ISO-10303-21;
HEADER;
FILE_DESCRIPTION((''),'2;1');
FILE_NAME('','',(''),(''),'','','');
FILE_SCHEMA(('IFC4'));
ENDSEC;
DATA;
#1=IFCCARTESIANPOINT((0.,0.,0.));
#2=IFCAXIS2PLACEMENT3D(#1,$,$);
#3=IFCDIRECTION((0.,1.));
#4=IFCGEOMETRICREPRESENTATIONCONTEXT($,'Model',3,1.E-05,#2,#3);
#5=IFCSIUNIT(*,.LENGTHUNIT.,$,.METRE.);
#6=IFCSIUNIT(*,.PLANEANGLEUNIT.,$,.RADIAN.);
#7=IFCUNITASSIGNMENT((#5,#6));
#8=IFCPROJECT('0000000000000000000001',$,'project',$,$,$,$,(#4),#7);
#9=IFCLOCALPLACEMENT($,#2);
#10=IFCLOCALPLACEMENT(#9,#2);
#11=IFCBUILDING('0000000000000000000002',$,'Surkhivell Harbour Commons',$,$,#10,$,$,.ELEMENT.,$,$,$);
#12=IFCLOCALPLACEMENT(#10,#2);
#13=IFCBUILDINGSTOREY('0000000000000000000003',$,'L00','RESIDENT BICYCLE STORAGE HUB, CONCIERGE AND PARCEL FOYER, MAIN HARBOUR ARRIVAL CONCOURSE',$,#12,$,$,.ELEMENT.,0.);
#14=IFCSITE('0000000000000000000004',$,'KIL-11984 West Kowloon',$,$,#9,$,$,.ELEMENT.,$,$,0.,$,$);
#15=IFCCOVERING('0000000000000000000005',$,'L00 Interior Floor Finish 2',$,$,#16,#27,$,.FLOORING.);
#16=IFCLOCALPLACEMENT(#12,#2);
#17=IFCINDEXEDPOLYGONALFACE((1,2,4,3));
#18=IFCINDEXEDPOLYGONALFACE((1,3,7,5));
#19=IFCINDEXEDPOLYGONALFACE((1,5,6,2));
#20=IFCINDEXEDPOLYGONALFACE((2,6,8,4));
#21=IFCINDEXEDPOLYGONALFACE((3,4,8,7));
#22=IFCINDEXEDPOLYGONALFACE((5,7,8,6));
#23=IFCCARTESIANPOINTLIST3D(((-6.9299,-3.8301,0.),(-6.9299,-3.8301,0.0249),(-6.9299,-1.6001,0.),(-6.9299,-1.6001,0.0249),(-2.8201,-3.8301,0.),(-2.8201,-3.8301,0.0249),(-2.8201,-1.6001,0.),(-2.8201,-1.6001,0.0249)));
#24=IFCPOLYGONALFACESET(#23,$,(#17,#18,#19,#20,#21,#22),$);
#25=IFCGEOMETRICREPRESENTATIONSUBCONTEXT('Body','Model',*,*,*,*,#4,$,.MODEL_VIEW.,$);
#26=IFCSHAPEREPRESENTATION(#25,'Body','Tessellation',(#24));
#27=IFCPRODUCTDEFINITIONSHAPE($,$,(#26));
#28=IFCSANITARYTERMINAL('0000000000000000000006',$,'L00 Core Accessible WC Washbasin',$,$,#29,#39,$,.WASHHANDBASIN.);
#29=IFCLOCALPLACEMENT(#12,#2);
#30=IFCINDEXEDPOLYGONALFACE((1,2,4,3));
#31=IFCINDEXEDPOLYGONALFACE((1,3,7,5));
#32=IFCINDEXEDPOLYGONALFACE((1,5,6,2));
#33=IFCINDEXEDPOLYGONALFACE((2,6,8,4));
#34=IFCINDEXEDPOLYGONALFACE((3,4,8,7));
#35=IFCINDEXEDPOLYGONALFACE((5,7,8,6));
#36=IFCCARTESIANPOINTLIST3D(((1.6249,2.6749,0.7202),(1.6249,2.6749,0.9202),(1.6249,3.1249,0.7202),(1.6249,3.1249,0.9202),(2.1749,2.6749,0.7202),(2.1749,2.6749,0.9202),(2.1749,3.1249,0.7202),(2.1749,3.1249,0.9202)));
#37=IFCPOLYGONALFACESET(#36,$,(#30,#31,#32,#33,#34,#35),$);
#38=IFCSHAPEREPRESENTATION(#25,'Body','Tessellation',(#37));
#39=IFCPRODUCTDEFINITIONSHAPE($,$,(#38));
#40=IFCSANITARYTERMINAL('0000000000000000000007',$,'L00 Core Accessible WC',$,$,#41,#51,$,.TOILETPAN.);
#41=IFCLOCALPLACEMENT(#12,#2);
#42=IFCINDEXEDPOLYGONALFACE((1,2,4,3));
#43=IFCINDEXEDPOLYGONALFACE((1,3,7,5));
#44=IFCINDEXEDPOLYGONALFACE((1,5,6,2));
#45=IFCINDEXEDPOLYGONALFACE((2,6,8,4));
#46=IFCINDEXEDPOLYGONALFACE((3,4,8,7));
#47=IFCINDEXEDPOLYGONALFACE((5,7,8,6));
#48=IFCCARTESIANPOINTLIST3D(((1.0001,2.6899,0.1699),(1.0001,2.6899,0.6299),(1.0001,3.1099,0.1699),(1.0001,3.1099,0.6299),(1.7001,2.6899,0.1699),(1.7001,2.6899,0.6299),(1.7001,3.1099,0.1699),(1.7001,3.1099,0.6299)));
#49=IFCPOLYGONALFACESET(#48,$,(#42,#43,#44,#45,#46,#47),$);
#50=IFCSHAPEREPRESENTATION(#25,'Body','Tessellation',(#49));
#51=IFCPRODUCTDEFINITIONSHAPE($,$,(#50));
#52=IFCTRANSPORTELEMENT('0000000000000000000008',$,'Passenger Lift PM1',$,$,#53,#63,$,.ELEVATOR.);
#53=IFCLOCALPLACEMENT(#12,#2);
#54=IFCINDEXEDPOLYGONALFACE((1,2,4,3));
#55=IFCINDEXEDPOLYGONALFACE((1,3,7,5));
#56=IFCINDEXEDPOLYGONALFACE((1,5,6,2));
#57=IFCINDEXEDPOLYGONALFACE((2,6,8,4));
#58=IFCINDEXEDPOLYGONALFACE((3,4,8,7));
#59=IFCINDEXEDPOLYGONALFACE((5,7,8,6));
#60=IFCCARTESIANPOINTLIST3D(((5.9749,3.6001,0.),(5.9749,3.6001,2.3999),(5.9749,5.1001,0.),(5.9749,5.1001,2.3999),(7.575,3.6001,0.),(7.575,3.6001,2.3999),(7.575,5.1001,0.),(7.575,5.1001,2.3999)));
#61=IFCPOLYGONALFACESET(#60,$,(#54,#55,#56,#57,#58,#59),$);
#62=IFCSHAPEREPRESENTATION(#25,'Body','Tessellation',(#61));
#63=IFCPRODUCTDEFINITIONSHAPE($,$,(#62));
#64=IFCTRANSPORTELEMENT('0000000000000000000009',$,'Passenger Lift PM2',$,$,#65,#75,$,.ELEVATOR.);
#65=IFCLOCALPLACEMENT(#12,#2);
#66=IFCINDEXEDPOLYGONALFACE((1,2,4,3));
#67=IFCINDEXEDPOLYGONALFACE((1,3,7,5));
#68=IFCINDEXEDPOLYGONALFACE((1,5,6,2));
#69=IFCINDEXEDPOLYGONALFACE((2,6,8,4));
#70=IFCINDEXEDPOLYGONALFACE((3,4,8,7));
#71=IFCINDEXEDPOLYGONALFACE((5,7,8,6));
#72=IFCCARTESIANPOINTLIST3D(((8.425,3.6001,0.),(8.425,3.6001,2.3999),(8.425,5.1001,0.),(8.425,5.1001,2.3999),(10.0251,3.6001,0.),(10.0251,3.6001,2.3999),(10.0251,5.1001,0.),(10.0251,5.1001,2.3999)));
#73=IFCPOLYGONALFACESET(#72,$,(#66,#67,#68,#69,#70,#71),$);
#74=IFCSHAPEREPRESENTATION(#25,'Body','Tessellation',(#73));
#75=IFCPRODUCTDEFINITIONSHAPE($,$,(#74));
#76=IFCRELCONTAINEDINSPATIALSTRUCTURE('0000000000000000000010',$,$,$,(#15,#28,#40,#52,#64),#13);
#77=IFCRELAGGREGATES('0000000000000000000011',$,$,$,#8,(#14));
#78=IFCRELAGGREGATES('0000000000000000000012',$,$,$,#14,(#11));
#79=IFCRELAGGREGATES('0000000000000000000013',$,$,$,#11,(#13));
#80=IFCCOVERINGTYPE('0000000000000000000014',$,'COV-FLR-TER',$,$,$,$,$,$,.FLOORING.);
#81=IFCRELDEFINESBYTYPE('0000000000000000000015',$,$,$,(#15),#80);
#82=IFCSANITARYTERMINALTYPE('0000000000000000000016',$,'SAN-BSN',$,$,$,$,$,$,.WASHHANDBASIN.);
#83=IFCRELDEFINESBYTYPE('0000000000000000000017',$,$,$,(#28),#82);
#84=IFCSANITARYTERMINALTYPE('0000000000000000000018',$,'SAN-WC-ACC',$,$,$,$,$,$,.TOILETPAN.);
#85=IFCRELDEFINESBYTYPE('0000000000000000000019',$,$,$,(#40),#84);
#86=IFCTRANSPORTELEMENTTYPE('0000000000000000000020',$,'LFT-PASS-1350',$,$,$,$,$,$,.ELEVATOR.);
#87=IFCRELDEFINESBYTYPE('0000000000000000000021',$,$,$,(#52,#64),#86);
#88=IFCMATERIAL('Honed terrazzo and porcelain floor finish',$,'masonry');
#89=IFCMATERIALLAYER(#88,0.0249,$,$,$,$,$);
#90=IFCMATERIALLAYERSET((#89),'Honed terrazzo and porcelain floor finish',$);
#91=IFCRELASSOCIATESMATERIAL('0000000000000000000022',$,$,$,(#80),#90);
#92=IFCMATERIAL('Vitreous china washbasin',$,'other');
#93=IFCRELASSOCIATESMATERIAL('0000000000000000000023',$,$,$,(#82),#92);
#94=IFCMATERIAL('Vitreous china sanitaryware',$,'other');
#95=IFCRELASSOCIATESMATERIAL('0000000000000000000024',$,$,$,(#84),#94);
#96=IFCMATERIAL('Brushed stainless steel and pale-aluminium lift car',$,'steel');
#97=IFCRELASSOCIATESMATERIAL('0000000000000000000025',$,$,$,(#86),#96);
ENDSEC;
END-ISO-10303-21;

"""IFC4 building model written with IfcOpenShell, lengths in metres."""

from ifc_helpers import new_model, si_unit, direction, frame, origin, origin_2d, place, context, subcontext, project, spatial, polyline, rectangle, outline, extrude, material, layer, layer_set, type_object, element, save


model = new_model("IFC4")

# Units and contexts
model_context = context("Model", 3, precision=1e-05, world=origin(), true_north=direction((0.0, 1.0)))
body_context = subcontext(model_context, "Body", "Model", "MODEL_VIEW")
ifc_project = project(units=[si_unit("LENGTHUNIT", "METRE"), si_unit("PLANEANGLEUNIT", "RADIAN")], contexts=[model_context])

# Site, building, storey
site_placement = place(None, origin())
site = spatial("IfcSite", under=ifc_project, at=site_placement, Name="KIL-11984 West Kowloon", CompositionType="ELEMENT", RefElevation=0.0)
building_placement = place(site_placement, origin())
building = spatial("IfcBuilding", under=site, at=building_placement, Name="Surkhivell Harbour Commons", CompositionType="ELEMENT")
storey_placement = place(building_placement, origin())
storey = spatial("IfcBuildingStorey", under=building, at=storey_placement, Name="L00", Description="RESIDENT BICYCLE STORAGE HUB, CONCIERGE AND PARCEL FOYER, MAIN HARBOUR ARRIVAL CONCOURSE", CompositionType="ELEMENT", Elevation=0.0)

# Covering
ifc_material_1 = material(Name="Honed terrazzo and porcelain floor finish", Category="masonry")
ifc_layer_1 = layer(ifc_material_1, 0.0249)
ifc_layer_set_1 = layer_set([ifc_layer_1], Name="Honed terrazzo and porcelain floor finish")
covering_type_1 = type_object("IfcCoveringType", Name="COV-FLR-TER", PredefinedType="FLOORING", material=ifc_layer_set_1)
covering_1_placement = place(storey_placement, origin())
element("IfcCovering", 1, at=covering_1_placement, inside=storey, type_object=covering_type_1, Name="L00 Interior Floor Finish 2", PredefinedType="FLOORING", context=body_context, shape_type="SweptSolid", body=[
    extrude(outline(polyline([(-6.9299, -3.8301), (-2.8201, -3.8301), (-2.8201, -1.6001), (-6.9299, -1.6001), (-6.9299, -3.8301)])), origin(), (0.0, 0.0, 1.0), 0.0249),
])

# Sanitary terminals
ifc_material_2 = material(Name="Vitreous china washbasin", Category="other")
sanitary_terminal_type_1 = type_object("IfcSanitaryTerminalType", Name="SAN-BSN", PredefinedType="WASHHANDBASIN", material=ifc_material_2)
sanitary_terminal_1_placement = place(storey_placement, frame((1.8999, 2.8999, 0.7202), z_axis=(0.0, 0.0, 1.0), x_axis=(1.0, 0.0, 0.0)))
element("IfcSanitaryTerminal", 2, at=sanitary_terminal_1_placement, inside=storey, type_object=sanitary_terminal_type_1, Name="L00 Core Accessible WC Washbasin", PredefinedType="WASHHANDBASIN", context=body_context, shape_type="SweptSolid", body=[
    extrude(rectangle(XDim=0.55, YDim=0.45, at=origin_2d()), origin(), (0.0, 0.0, 1.0), 0.2),
])
ifc_material_3 = material(Name="Vitreous china sanitaryware", Category="other")
sanitary_terminal_type_2 = type_object("IfcSanitaryTerminalType", Name="SAN-WC-ACC", PredefinedType="TOILETPAN", material=ifc_material_3)
sanitary_terminal_2_placement = place(storey_placement, frame((1.3501, 2.8999, 0.1699), z_axis=(0.0, 0.0, 1.0), x_axis=(1.0, 0.0, 0.0)))
element("IfcSanitaryTerminal", 3, at=sanitary_terminal_2_placement, inside=storey, type_object=sanitary_terminal_type_2, Name="L00 Core Accessible WC", PredefinedType="TOILETPAN", context=body_context, shape_type="SweptSolid", body=[
    extrude(rectangle(XDim=0.7, YDim=0.4199, at=origin_2d()), origin(), (0.0, 0.0, 1.0), 0.46),
])

# Transport elements
ifc_material_4 = material(Name="Brushed stainless steel and pale-aluminium lift car", Category="steel")
transport_element_type = type_object("IfcTransportElementType", Name="LFT-PASS-1350", PredefinedType="ELEVATOR", material=ifc_material_4)
for number, where, z_axis, x_axis, name in (
    (4, (6.7749, 4.3501, 0.0), (0.0, 0.0, 1.0), (1.0, 0.0, 0.0), "Passenger Lift PM1"),
    (5, (9.2251, 4.3501, 0.0), (0.0, 0.0, 1.0), (1.0, 0.0, 0.0), "Passenger Lift PM2"),
):
    element("IfcTransportElement", number, at=place(storey_placement, frame(where, z_axis=z_axis, x_axis=x_axis)), inside=storey, type_object=transport_element_type, Name=name, PredefinedType="ELEVATOR", context=body_context, shape_type="SweptSolid", body=[
        extrude(rectangle(XDim=1.6001, YDim=1.5, at=origin_2d()), origin(), (0.0, 0.0, 1.0), 2.3999),
    ])

save(model, "model.ifc")
